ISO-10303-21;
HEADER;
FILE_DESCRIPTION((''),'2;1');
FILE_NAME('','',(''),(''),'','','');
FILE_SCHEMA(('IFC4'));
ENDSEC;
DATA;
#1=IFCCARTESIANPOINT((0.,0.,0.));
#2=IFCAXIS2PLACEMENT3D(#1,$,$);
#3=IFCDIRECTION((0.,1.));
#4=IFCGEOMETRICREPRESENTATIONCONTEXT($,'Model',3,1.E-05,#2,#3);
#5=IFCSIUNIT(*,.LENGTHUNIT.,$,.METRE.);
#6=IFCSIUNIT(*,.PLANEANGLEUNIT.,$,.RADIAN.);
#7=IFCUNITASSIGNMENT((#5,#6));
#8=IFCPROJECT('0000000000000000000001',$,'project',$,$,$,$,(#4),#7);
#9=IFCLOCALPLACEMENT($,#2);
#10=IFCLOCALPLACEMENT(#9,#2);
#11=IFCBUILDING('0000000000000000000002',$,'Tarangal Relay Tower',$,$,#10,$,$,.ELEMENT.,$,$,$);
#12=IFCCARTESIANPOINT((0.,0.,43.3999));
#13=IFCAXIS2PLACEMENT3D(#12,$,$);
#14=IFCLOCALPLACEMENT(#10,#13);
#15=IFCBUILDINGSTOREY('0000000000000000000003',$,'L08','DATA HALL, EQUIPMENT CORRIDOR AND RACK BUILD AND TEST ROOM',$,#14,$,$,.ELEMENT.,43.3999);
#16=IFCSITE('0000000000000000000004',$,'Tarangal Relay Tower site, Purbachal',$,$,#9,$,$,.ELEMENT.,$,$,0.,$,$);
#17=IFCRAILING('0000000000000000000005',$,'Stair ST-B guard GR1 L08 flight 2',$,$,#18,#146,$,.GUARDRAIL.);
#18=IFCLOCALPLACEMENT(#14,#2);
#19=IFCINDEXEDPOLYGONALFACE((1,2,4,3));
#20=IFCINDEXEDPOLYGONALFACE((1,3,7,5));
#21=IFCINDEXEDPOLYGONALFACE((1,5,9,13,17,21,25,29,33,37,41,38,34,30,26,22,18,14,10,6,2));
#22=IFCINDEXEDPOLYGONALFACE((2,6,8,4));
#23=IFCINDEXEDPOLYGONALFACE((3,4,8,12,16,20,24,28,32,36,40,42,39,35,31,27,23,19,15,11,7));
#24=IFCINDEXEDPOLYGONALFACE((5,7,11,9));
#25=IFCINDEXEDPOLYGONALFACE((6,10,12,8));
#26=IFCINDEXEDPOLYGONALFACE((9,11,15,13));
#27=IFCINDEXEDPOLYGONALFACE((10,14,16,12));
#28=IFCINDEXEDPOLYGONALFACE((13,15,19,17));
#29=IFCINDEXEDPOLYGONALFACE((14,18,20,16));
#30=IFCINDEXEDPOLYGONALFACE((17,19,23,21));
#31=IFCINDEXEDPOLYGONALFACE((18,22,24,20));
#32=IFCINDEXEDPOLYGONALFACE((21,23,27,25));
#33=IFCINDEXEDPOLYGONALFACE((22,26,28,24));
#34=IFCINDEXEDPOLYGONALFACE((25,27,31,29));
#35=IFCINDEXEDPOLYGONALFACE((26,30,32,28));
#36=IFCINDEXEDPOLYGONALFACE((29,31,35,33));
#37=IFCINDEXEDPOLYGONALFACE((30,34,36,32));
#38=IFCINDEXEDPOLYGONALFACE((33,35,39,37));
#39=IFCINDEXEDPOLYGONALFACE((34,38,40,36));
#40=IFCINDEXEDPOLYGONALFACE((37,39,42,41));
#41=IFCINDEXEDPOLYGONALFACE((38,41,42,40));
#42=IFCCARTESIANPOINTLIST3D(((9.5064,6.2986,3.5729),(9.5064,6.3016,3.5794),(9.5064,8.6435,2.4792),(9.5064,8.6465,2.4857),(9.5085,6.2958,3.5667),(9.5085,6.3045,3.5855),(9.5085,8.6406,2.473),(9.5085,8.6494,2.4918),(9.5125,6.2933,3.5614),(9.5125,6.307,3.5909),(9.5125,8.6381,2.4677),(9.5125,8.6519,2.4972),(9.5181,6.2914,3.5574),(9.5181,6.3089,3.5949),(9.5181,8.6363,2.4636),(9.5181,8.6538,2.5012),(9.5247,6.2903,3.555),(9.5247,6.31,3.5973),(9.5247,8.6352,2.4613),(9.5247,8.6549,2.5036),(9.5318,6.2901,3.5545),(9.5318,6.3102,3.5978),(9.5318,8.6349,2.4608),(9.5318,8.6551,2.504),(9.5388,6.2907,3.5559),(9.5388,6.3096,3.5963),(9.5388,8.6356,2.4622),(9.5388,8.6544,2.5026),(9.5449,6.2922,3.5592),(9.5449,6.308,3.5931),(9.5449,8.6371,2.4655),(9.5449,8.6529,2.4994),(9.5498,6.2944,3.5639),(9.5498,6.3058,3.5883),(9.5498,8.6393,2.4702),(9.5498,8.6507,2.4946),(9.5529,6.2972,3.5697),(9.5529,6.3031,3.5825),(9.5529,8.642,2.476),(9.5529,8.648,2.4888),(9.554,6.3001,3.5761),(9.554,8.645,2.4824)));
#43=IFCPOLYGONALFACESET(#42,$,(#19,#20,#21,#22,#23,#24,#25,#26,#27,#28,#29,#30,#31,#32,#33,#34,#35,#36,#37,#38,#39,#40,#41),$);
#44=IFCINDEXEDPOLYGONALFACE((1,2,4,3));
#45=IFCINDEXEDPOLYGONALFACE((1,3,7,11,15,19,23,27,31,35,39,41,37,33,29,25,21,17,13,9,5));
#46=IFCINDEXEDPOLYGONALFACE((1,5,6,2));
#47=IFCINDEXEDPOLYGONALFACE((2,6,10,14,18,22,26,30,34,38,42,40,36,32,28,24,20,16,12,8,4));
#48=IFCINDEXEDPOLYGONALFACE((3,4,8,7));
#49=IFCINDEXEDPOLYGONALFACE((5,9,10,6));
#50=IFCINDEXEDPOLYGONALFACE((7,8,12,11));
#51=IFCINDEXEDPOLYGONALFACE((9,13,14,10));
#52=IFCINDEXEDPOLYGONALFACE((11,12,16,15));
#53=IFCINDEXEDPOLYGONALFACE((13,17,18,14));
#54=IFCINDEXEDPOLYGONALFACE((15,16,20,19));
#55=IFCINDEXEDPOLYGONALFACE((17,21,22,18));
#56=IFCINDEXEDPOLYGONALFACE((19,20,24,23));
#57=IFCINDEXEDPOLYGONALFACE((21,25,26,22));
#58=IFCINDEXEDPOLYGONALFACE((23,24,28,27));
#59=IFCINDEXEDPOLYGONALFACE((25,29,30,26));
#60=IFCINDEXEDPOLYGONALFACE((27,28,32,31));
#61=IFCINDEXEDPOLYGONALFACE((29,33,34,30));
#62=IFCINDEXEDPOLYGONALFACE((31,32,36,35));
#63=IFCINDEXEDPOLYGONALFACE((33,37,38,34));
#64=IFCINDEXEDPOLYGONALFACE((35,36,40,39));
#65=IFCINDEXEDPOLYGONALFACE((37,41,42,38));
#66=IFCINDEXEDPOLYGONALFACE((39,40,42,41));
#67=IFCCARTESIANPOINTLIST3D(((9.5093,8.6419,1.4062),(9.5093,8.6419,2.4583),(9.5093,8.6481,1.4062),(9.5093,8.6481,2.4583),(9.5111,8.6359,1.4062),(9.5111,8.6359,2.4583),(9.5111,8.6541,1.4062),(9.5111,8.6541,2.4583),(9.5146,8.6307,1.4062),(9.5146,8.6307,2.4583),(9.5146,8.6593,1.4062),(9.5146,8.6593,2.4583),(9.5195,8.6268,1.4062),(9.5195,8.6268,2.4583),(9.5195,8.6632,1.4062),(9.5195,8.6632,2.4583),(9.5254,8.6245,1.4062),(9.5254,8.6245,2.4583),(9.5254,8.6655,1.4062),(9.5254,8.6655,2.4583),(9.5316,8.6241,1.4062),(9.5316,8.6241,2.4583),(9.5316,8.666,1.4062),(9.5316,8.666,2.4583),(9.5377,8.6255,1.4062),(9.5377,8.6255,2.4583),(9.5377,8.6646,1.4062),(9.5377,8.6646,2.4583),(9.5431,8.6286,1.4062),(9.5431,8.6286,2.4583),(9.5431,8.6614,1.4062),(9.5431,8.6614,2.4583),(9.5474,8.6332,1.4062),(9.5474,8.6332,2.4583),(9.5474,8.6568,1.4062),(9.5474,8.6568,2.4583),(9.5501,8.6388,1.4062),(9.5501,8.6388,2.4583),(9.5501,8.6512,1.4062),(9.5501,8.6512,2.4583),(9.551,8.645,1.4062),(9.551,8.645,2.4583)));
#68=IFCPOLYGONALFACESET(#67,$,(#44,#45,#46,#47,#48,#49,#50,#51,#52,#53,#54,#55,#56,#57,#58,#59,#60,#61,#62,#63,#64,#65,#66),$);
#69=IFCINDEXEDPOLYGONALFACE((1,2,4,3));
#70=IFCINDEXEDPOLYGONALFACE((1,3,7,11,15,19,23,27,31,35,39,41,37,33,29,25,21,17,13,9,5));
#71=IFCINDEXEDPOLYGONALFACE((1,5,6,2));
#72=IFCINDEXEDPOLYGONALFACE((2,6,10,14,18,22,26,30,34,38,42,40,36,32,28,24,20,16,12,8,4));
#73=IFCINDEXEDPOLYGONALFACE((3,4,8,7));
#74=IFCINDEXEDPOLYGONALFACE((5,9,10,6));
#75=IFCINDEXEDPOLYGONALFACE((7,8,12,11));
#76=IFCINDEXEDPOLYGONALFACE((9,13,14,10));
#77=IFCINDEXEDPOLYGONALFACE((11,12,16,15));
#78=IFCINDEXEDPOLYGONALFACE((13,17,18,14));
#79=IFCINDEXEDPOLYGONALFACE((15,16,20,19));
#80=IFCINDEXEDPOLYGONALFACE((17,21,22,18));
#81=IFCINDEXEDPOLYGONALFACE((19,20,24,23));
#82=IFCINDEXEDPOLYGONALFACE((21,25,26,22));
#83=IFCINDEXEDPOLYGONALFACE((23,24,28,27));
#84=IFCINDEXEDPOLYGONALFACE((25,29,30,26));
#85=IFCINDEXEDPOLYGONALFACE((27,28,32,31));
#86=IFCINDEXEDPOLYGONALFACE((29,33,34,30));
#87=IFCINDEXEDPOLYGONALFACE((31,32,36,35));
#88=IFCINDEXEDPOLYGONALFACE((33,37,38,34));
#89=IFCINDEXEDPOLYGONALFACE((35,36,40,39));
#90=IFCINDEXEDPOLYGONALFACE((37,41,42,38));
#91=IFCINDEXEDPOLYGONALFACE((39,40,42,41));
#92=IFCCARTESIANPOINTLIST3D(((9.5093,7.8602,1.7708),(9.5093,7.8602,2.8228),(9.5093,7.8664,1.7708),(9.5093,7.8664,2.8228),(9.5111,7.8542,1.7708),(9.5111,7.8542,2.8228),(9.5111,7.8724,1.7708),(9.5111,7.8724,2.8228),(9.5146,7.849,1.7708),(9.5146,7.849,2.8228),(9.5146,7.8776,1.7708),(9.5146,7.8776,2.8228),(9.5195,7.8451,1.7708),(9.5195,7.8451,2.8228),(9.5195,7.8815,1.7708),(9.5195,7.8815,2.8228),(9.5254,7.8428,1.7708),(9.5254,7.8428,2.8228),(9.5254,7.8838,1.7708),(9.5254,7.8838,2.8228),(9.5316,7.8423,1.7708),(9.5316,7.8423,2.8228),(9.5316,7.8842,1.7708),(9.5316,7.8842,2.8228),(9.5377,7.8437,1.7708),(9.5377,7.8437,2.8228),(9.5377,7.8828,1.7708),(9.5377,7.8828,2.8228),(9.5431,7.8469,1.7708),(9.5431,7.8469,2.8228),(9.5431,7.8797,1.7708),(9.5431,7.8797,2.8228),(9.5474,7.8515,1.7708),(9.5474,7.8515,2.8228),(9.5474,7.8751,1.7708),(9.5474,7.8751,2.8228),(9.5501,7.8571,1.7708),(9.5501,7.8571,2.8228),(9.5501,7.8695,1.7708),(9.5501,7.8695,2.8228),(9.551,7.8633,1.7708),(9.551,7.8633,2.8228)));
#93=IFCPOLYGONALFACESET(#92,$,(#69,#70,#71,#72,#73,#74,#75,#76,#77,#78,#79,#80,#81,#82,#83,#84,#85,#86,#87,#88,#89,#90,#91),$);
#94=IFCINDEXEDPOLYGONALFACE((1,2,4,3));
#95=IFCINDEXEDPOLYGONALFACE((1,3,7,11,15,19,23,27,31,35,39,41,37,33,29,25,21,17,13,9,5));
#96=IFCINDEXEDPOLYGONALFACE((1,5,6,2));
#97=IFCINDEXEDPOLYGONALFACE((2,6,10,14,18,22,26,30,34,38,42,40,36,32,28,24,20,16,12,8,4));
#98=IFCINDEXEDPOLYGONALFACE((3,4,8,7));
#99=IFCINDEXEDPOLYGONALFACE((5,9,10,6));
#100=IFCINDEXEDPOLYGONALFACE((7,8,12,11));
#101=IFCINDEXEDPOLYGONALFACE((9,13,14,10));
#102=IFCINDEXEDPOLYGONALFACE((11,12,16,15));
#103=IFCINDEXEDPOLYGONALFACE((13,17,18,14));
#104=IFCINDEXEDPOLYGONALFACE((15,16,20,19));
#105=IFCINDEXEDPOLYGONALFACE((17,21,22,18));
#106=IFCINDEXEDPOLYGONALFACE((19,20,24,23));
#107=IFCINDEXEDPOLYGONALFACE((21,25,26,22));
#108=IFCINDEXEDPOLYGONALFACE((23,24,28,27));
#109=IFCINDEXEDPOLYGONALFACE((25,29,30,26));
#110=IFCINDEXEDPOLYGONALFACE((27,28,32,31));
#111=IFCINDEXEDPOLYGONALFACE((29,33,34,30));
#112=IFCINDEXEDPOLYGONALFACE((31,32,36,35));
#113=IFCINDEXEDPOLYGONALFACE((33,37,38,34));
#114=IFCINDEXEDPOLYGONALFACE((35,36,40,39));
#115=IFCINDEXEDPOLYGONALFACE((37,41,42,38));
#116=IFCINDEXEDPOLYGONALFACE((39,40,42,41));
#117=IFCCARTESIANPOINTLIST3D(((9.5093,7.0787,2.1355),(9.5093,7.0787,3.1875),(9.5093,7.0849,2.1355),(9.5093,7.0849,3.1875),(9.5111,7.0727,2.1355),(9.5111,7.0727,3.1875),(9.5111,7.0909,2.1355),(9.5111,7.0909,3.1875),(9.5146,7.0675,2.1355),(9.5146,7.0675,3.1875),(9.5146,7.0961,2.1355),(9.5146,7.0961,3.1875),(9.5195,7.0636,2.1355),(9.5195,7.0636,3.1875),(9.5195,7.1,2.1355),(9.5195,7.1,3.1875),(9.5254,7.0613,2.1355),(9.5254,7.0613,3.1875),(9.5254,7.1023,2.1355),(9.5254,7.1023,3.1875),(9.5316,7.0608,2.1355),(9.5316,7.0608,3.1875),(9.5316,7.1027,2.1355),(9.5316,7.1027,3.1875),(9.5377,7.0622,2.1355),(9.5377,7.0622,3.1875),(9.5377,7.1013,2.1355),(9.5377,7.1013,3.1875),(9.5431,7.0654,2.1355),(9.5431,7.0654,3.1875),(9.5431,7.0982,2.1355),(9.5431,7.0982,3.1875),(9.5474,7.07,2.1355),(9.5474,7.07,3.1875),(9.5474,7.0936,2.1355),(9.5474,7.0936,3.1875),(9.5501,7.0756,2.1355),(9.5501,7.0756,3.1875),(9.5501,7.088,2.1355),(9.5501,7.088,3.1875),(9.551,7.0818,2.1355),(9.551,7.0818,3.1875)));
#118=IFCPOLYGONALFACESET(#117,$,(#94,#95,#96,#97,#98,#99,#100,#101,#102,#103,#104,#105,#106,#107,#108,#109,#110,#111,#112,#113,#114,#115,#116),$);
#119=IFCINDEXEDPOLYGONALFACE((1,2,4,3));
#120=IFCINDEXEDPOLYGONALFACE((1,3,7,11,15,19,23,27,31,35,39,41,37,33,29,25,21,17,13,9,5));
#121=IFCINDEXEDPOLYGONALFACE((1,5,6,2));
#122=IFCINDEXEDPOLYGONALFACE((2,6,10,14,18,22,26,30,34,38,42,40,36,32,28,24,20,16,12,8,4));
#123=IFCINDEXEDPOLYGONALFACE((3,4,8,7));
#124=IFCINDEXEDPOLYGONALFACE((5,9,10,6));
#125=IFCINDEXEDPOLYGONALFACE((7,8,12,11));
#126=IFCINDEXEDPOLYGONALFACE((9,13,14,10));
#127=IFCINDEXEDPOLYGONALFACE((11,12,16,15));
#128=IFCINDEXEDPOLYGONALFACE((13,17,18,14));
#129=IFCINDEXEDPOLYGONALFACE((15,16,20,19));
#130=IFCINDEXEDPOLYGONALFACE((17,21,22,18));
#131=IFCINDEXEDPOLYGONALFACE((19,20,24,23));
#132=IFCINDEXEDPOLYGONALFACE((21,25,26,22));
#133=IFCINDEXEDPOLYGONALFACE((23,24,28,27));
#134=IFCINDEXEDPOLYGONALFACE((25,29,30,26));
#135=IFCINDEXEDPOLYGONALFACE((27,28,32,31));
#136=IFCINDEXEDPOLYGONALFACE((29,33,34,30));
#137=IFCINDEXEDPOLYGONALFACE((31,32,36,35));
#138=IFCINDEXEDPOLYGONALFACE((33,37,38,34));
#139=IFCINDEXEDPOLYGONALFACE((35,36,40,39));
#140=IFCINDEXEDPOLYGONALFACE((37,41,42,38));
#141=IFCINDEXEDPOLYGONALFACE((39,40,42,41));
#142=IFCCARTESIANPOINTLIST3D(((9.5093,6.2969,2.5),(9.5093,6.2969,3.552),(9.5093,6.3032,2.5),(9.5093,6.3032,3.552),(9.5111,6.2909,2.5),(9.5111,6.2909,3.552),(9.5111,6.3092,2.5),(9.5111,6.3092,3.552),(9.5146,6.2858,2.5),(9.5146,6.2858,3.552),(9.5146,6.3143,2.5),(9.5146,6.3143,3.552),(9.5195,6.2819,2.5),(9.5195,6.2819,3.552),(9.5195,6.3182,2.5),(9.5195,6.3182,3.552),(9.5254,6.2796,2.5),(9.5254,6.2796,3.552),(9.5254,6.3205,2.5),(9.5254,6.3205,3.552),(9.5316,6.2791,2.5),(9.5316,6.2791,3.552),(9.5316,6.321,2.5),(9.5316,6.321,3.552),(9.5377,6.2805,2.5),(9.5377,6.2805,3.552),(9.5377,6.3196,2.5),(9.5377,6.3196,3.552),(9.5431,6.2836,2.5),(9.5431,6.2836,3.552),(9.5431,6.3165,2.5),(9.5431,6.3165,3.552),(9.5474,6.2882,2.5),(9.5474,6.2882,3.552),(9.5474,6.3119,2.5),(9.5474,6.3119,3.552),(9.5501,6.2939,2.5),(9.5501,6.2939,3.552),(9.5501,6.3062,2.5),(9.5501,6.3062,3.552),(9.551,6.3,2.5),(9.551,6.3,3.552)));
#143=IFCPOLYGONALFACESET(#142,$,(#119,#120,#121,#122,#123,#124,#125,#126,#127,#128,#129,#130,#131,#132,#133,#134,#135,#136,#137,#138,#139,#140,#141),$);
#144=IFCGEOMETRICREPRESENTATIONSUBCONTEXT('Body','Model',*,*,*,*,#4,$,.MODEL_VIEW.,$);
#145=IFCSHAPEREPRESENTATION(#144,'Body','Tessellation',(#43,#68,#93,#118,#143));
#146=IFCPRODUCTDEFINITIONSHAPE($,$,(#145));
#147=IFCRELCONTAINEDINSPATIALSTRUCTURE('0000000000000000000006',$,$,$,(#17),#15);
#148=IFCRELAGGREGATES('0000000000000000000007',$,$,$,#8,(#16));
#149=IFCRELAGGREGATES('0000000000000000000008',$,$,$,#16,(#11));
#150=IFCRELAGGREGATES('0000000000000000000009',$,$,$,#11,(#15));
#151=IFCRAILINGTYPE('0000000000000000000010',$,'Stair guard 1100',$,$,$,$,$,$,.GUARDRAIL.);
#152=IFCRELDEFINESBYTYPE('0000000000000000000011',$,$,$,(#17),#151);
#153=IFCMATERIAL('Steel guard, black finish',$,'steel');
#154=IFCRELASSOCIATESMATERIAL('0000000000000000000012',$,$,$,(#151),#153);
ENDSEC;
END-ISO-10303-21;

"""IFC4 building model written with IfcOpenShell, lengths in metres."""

from ifc_helpers import new_model, si_unit, direction, frame, origin, origin_2d, place, context, subcontext, project, spatial, circle, extrude, material, type_object, element, save


model = new_model("IFC4")

# Units and contexts
model_context = context("Model", 3, precision=1e-05, world=origin(), true_north=direction((0.0, 1.0)))
body_context = subcontext(model_context, "Body", "Model", "MODEL_VIEW")
ifc_project = project(units=[si_unit("LENGTHUNIT", "METRE"), si_unit("PLANEANGLEUNIT", "RADIAN")], contexts=[model_context])

# Site, building, storey
site_placement = place(None, origin())
site = spatial("IfcSite", under=ifc_project, at=site_placement, Name="Tarangal Relay Tower site, Purbachal", CompositionType="ELEMENT", RefElevation=0.0)
building_placement = place(site_placement, origin())
building = spatial("IfcBuilding", under=site, at=building_placement, Name="Tarangal Relay Tower", CompositionType="ELEMENT")
storey_placement = place(building_placement, frame((0.0, 0.0, 43.3999)))
storey = spatial("IfcBuildingStorey", under=building, at=storey_placement, Name="L08", Description="DATA HALL, EQUIPMENT CORRIDOR AND RACK BUILD AND TEST ROOM", CompositionType="ELEMENT", Elevation=43.3999)

# Railing
ifc_material_1 = material(Name="Steel guard, black finish", Category="steel")
railing_type_1 = type_object("IfcRailingType", Name="Stair guard 1100", PredefinedType="GUARDRAIL", material=ifc_material_1)
railing_1_placement = place(storey_placement, frame((9.53, 8.645, 1.4062)))
element("IfcRailing", 1, at=railing_1_placement, inside=storey, type_object=railing_type_1, Name="Stair ST-B guard GR1 L08 flight 2", PredefinedType="GUARDRAIL", context=body_context, shape_type="SweptSolid", body=[
    extrude(circle(Radius=0.0239, at=origin_2d()), frame((0.0, 0.0, 1.0762), z_axis=(0.0, -0.906267, 0.422705), x_axis=(1.0, 0.0, 0.0)), (0.0, 0.0, 1.0), 2.5874),
    extrude(circle(Radius=0.021, at=origin_2d()), origin(), (0.0, 0.0, 1.0), 1.052),
    extrude(circle(Radius=0.021, at=origin_2d()), frame((0.0, -0.7817, 0.3645)), (0.0, 0.0, 1.0), 1.052),
    extrude(circle(Radius=0.021, at=origin_2d()), frame((0.0, -1.5632, 0.7292)), (0.0, 0.0, 1.0), 1.052),
    extrude(circle(Radius=0.021, at=origin_2d()), frame((0.0, -2.345, 1.0938)), (0.0, 0.0, 1.0), 1.052),
])

save(model, "model.ifc")
